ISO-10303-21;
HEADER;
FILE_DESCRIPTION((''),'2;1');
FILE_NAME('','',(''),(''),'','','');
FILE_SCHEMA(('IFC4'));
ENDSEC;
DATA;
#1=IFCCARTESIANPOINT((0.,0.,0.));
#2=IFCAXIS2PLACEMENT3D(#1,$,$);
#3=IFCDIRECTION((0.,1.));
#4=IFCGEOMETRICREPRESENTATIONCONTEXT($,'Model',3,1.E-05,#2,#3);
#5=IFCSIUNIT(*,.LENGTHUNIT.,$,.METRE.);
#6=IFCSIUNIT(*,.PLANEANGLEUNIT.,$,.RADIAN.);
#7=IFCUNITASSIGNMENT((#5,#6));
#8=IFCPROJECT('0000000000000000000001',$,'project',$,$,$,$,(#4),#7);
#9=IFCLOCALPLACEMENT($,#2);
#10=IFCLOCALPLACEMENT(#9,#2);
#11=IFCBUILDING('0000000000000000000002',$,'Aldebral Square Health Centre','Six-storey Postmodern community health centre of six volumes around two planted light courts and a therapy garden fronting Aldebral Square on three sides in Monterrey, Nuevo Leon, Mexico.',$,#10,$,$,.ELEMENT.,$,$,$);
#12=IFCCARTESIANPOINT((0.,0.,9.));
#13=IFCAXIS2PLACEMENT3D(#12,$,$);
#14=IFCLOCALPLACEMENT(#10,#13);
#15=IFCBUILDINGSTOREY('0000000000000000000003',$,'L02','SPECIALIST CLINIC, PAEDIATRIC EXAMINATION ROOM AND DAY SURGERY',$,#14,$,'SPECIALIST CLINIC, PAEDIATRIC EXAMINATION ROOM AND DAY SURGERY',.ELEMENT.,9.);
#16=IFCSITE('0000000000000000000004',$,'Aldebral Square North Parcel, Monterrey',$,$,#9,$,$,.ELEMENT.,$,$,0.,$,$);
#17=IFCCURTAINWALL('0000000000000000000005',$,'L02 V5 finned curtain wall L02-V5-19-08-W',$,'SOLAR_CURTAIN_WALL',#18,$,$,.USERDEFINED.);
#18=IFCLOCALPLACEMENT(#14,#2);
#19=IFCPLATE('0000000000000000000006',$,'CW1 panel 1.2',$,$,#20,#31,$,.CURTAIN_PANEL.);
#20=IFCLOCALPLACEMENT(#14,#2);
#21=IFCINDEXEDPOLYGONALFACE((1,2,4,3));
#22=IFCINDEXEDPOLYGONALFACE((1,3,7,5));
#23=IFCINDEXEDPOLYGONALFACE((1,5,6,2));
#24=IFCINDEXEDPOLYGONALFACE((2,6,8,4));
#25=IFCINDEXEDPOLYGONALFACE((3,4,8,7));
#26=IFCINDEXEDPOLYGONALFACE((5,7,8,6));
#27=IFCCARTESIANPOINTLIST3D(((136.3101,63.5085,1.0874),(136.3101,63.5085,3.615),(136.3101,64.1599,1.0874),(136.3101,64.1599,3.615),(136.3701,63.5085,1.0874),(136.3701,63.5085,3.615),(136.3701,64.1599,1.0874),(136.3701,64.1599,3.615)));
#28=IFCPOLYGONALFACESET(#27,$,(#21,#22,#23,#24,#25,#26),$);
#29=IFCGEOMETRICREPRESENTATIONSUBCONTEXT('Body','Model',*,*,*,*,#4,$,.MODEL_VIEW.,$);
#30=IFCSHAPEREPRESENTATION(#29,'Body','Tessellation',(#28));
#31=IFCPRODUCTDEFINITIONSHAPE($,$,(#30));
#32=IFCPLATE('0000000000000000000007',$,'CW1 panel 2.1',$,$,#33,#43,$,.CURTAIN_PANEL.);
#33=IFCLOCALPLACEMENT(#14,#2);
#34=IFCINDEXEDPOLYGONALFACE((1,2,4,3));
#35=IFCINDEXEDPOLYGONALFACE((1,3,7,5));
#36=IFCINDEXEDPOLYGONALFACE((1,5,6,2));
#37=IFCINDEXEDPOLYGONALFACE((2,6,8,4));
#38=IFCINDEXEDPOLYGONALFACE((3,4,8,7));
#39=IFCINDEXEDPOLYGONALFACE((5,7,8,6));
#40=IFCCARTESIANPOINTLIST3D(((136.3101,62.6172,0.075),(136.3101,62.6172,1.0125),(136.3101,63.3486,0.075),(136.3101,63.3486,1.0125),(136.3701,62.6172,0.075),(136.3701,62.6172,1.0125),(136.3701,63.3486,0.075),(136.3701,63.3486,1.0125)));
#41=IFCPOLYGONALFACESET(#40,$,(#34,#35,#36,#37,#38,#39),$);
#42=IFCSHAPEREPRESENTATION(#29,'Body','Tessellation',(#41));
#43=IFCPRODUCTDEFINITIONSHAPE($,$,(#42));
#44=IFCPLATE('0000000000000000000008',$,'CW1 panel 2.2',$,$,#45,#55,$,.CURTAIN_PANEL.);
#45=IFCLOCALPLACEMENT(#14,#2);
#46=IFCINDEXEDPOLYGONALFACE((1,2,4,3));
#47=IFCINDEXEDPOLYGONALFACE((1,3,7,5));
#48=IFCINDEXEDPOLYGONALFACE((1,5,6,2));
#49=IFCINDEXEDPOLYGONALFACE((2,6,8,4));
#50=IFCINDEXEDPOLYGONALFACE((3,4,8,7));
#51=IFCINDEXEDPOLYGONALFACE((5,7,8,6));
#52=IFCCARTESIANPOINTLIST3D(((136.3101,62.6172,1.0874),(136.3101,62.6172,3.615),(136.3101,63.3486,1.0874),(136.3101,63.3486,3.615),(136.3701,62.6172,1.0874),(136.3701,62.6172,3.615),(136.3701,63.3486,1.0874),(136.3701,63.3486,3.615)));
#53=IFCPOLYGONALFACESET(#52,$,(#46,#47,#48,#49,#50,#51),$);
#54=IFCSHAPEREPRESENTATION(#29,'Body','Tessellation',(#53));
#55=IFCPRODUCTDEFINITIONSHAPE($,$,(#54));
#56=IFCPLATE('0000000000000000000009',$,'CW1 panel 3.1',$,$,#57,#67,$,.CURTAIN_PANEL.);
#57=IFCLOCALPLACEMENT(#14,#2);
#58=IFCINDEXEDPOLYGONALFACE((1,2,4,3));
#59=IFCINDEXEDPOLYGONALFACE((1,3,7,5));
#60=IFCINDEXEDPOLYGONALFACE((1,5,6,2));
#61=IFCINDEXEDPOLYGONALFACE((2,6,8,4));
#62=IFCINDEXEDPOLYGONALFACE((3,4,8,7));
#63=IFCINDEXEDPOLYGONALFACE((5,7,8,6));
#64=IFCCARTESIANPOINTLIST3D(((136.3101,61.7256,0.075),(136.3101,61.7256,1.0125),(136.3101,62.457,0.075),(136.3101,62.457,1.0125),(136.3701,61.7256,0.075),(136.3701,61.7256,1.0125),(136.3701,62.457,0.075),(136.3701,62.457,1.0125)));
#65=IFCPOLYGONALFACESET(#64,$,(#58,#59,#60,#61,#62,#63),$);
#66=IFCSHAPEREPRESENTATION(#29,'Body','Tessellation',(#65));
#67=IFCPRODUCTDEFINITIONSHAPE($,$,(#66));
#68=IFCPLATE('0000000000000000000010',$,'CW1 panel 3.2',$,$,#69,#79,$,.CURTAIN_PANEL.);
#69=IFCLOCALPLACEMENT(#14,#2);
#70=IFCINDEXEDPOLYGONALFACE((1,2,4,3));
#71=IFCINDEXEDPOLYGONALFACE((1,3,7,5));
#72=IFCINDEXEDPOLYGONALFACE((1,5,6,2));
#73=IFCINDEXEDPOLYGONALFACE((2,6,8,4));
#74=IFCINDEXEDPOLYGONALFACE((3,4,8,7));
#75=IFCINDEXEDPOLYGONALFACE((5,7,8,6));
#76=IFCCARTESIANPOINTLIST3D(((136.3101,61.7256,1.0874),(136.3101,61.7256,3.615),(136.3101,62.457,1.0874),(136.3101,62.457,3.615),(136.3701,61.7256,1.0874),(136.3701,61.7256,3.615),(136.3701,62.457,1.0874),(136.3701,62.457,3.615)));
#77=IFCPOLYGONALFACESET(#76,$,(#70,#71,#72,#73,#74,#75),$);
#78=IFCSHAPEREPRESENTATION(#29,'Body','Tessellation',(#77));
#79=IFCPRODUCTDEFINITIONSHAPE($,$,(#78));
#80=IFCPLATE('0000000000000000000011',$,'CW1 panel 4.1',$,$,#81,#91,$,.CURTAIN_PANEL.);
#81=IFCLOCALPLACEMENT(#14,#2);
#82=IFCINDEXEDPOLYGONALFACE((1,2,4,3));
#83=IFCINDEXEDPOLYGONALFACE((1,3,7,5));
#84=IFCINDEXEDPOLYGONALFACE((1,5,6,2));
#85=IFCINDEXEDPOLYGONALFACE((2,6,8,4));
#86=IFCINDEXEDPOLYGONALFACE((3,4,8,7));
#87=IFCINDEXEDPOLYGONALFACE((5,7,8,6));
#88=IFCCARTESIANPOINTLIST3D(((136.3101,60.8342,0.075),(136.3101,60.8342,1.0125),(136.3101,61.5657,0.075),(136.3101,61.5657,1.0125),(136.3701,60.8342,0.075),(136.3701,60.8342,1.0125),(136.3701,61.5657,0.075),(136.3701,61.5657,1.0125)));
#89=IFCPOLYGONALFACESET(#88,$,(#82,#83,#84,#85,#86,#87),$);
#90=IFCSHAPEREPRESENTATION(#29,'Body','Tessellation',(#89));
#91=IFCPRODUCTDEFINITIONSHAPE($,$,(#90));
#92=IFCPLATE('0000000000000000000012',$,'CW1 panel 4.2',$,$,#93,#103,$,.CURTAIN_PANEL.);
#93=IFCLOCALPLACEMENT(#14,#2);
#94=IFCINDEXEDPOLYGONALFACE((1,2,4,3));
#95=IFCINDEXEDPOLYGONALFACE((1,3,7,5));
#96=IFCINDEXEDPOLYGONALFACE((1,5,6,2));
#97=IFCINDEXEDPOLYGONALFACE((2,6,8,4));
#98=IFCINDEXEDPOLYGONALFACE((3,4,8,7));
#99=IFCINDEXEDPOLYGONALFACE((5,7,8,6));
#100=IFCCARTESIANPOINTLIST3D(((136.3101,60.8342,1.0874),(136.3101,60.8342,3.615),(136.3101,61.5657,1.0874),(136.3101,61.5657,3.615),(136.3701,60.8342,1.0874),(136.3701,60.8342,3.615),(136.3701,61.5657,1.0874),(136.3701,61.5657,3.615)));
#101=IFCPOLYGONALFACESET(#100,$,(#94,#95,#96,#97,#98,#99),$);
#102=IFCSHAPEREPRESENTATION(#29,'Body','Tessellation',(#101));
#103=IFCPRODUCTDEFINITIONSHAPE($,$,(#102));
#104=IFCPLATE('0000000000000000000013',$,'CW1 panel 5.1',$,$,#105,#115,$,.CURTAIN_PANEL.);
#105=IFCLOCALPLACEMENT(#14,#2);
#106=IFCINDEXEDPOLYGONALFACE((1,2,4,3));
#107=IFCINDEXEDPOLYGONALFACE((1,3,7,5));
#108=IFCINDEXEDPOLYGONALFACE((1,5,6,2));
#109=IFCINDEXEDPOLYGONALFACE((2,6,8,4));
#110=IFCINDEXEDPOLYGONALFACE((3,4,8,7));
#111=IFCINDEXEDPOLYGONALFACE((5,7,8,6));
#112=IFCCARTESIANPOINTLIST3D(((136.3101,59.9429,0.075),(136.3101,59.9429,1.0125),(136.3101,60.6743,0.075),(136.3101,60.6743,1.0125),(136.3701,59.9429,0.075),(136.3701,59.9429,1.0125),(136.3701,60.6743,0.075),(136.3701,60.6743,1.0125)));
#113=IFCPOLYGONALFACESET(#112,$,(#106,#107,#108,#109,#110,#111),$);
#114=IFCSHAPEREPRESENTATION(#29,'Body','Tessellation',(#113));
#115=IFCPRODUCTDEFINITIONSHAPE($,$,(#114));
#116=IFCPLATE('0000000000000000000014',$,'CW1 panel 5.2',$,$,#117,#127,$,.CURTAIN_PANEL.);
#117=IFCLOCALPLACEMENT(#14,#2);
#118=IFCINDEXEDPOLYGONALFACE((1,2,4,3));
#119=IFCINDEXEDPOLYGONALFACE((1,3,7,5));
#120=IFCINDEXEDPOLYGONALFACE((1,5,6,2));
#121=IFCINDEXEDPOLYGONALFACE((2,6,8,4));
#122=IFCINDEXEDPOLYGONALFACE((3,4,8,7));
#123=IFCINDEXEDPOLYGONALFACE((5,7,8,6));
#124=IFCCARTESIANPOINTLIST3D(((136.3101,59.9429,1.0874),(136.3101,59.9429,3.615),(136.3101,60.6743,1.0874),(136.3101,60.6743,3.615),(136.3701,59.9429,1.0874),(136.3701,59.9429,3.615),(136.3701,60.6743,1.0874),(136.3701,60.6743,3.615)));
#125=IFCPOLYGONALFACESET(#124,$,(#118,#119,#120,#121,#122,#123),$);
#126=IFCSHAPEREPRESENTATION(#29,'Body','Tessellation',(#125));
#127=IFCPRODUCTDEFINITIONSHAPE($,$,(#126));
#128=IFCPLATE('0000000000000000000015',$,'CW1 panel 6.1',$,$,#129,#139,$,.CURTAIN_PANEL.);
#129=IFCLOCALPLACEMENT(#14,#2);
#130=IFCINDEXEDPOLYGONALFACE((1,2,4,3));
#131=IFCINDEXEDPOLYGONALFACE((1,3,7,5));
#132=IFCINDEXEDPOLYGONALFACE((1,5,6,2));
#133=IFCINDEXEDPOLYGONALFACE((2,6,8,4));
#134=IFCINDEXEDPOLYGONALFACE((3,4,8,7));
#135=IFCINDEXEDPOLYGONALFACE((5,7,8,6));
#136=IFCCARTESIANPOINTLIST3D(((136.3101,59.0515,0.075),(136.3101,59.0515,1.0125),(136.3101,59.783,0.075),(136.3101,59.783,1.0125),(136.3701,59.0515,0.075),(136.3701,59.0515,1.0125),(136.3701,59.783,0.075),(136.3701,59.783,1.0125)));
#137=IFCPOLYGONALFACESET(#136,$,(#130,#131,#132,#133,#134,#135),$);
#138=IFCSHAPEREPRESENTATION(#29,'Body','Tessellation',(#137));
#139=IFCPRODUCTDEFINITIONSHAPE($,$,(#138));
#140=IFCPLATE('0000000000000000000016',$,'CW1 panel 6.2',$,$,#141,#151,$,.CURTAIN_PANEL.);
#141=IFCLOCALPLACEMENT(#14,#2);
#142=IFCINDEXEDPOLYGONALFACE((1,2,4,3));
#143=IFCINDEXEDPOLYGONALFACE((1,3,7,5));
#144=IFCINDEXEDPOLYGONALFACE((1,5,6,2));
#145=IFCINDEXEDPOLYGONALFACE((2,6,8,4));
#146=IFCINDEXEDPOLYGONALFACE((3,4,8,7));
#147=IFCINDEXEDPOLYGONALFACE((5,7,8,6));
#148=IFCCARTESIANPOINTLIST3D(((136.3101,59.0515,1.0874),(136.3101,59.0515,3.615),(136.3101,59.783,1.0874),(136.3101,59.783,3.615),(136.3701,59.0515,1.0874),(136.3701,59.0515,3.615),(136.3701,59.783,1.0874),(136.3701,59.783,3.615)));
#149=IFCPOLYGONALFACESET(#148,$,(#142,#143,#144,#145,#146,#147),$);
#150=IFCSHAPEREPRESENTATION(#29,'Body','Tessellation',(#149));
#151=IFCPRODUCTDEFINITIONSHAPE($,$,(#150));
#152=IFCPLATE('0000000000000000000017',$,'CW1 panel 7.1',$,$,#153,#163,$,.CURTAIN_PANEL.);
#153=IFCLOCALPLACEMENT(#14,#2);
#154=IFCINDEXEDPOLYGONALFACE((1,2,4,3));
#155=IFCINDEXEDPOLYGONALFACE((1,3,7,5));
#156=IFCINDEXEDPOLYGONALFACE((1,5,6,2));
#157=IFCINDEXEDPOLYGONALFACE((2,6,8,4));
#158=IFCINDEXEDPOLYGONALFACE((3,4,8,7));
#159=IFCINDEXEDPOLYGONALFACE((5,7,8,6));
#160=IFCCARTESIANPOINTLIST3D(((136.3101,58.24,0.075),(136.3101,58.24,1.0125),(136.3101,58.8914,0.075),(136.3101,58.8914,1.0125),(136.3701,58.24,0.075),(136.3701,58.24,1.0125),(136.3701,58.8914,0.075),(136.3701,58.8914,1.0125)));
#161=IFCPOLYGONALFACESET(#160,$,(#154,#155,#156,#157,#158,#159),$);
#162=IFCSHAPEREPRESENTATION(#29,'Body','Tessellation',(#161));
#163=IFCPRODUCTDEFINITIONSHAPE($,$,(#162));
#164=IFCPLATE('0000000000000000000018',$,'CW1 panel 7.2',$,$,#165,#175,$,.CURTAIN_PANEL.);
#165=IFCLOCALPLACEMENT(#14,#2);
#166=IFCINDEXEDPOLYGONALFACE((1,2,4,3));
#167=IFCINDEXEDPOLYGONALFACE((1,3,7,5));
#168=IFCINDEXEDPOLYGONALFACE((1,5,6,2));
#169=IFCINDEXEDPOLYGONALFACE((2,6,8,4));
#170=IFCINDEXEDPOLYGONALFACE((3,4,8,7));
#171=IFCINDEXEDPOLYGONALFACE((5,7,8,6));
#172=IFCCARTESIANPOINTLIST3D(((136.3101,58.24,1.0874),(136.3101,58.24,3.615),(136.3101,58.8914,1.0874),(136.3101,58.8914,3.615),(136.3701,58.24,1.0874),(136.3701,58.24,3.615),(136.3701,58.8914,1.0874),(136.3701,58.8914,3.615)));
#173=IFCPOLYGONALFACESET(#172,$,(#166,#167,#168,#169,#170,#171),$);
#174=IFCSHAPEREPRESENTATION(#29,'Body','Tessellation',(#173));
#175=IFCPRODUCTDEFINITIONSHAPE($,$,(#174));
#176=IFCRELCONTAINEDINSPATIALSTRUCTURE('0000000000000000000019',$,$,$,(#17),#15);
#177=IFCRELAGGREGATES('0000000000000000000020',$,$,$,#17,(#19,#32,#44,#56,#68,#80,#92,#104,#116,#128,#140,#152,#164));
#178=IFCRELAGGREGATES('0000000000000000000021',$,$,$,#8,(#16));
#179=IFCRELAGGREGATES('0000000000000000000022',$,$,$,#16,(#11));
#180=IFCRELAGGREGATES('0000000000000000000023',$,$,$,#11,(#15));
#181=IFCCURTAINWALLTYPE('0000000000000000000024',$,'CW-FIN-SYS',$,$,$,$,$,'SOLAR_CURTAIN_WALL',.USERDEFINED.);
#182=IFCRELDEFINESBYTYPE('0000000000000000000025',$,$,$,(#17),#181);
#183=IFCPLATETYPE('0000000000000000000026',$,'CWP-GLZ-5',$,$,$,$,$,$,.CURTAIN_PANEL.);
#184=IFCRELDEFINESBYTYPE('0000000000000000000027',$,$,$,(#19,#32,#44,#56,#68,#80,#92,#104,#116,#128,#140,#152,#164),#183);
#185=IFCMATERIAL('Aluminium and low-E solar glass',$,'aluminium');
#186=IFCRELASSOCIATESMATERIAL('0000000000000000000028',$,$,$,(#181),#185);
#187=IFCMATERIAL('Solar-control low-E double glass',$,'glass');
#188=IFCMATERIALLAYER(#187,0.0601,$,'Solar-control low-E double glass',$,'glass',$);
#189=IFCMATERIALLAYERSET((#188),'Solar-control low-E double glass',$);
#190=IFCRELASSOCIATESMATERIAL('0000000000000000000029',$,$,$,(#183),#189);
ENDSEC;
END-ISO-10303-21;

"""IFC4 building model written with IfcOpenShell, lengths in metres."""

from ifc_helpers import new_model, si_unit, direction, frame, origin, origin_2d, place, context, subcontext, project, spatial, rectangle, extrude, material, layer, layer_set, type_object, element, aggregate, save


model = new_model("IFC4")

# Units and contexts
model_context = context("Model", 3, precision=1e-05, world=origin(), true_north=direction((0.0, 1.0)))
body_context = subcontext(model_context, "Body", "Model", "MODEL_VIEW")
ifc_project = project(units=[si_unit("LENGTHUNIT", "METRE"), si_unit("PLANEANGLEUNIT", "RADIAN")], contexts=[model_context])

# Site, building, storey
site_placement = place(None, origin())
site = spatial("IfcSite", under=ifc_project, at=site_placement, Name="Aldebral Square North Parcel, Monterrey", CompositionType="ELEMENT", RefElevation=0.0)
building_placement = place(site_placement, origin())
building = spatial("IfcBuilding", under=site, at=building_placement, Name="Aldebral Square Health Centre", Description="Six-storey Postmodern community health centre of six volumes around two planted light courts and a therapy garden fronting Aldebral Square on three sides in Monterrey, Nuevo Leon, Mexico.", CompositionType="ELEMENT")
storey_placement = place(building_placement, frame((0.0, 0.0, 9.0)))
storey = spatial("IfcBuildingStorey", under=building, at=storey_placement, Name="L02", Description="SPECIALIST CLINIC, PAEDIATRIC EXAMINATION ROOM AND DAY SURGERY", LongName="SPECIALIST CLINIC, PAEDIATRIC EXAMINATION ROOM AND DAY SURGERY", CompositionType="ELEMENT", Elevation=9.0)

# Curtain wall, plates
ifc_material_1 = material(Name="Aluminium and low-E solar glass", Category="aluminium")
curtain_wall_type = type_object("IfcCurtainWallType", Name="CW-FIN-SYS", ElementType="SOLAR_CURTAIN_WALL", PredefinedType="USERDEFINED", material=ifc_material_1)
curtain_wall_placement = place(storey_placement, origin())
curtain_wall = element("IfcCurtainWall", 1, at=curtain_wall_placement, inside=storey, type_object=curtain_wall_type, Name="L02 V5 finned curtain wall L02-V5-19-08-W", ObjectType="SOLAR_CURTAIN_WALL", PredefinedType="USERDEFINED")
ifc_material_2 = material(Name="Solar-control low-E double glass", Category="glass")
ifc_layer = layer(ifc_material_2, 0.0601, Name="Solar-control low-E double glass", Category="glass")
ifc_layer_set = layer_set([ifc_layer], Name="Solar-control low-E double glass")
plate_type = type_object("IfcPlateType", Name="CWP-GLZ-5", PredefinedType="CURTAIN_PANEL", material=ifc_layer_set)
plate_1_placement = place(storey_placement, frame((136.3401, 63.8342, 1.0874), z_axis=(0.0, 0.0, 1.0), x_axis=(0.0, -1.0, 0.0)))
plate_1 = element("IfcPlate", 2, at=plate_1_placement, type_object=plate_type, Name="CW1 panel 1.2", PredefinedType="CURTAIN_PANEL", context=body_context, shape_type="SweptSolid", body=[
    extrude(rectangle(XDim=0.6514, YDim=0.0601, at=origin_2d()), origin(), (0.0, 0.0, 1.0), 2.5276),
])
plate_2_placement = place(storey_placement, frame((136.3401, 62.9829, 0.075), z_axis=(0.0, 0.0, 1.0), x_axis=(0.0, -1.0, 0.0)))
plate_2 = element("IfcPlate", 3, at=plate_2_placement, type_object=plate_type, Name="CW1 panel 2.1", PredefinedType="CURTAIN_PANEL", context=body_context, shape_type="SweptSolid", body=[
    extrude(rectangle(XDim=0.7314, YDim=0.0601, at=origin_2d()), origin(), (0.0, 0.0, 1.0), 0.9375),
])
plate_3_placement = place(storey_placement, frame((136.3401, 62.9829, 1.0874), z_axis=(0.0, 0.0, 1.0), x_axis=(0.0, -1.0, 0.0)))
plate_3 = element("IfcPlate", 4, at=plate_3_placement, type_object=plate_type, Name="CW1 panel 2.2", PredefinedType="CURTAIN_PANEL", context=body_context, shape_type="SweptSolid", body=[
    extrude(rectangle(XDim=0.7314, YDim=0.0601, at=origin_2d()), origin(), (0.0, 0.0, 1.0), 2.5276),
])
plate_4_placement = place(storey_placement, frame((136.3401, 62.0913, 0.075), z_axis=(0.0, 0.0, 1.0), x_axis=(0.0, -1.0, 0.0)))
plate_4 = element("IfcPlate", 5, at=plate_4_placement, type_object=plate_type, Name="CW1 panel 3.1", PredefinedType="CURTAIN_PANEL", context=body_context, shape_type="SweptSolid", body=[
    extrude(rectangle(XDim=0.7314, YDim=0.0601, at=origin_2d()), origin(), (0.0, 0.0, 1.0), 0.9375),
])
plate_5_placement = place(storey_placement, frame((136.3401, 62.0913, 1.0874), z_axis=(0.0, 0.0, 1.0), x_axis=(0.0, -1.0, 0.0)))
plate_5 = element("IfcPlate", 6, at=plate_5_placement, type_object=plate_type, Name="CW1 panel 3.2", PredefinedType="CURTAIN_PANEL", context=body_context, shape_type="SweptSolid", body=[
    extrude(rectangle(XDim=0.7314, YDim=0.0601, at=origin_2d()), origin(), (0.0, 0.0, 1.0), 2.5276),
])
plate_6_placement = place(storey_placement, frame((136.3401, 61.2, 0.075), z_axis=(0.0, 0.0, 1.0), x_axis=(0.0, -1.0, 0.0)))
plate_6 = element("IfcPlate", 7, at=plate_6_placement, type_object=plate_type, Name="CW1 panel 4.1", PredefinedType="CURTAIN_PANEL", context=body_context, shape_type="SweptSolid", body=[
    extrude(rectangle(XDim=0.7314, YDim=0.0601, at=origin_2d()), origin(), (0.0, 0.0, 1.0), 0.9375),
])
plate_7_placement = place(storey_placement, frame((136.3401, 61.2, 1.0874), z_axis=(0.0, 0.0, 1.0), x_axis=(0.0, -1.0, 0.0)))
plate_7 = element("IfcPlate", 8, at=plate_7_placement, type_object=plate_type, Name="CW1 panel 4.2", PredefinedType="CURTAIN_PANEL", context=body_context, shape_type="SweptSolid", body=[
    extrude(rectangle(XDim=0.7314, YDim=0.0601, at=origin_2d()), origin(), (0.0, 0.0, 1.0), 2.5276),
])
plate_8_placement = place(storey_placement, frame((136.3401, 60.3086, 0.075), z_axis=(0.0, 0.0, 1.0), x_axis=(0.0, -1.0, 0.0)))
plate_8 = element("IfcPlate", 9, at=plate_8_placement, type_object=plate_type, Name="CW1 panel 5.1", PredefinedType="CURTAIN_PANEL", context=body_context, shape_type="SweptSolid", body=[
    extrude(rectangle(XDim=0.7314, YDim=0.0601, at=origin_2d()), origin(), (0.0, 0.0, 1.0), 0.9375),
])
plate_9_placement = place(storey_placement, frame((136.3401, 60.3086, 1.0874), z_axis=(0.0, 0.0, 1.0), x_axis=(0.0, -1.0, 0.0)))
plate_9 = element("IfcPlate", 10, at=plate_9_placement, type_object=plate_type, Name="CW1 panel 5.2", PredefinedType="CURTAIN_PANEL", context=body_context, shape_type="SweptSolid", body=[
    extrude(rectangle(XDim=0.7314, YDim=0.0601, at=origin_2d()), origin(), (0.0, 0.0, 1.0), 2.5276),
])
plate_10_placement = place(storey_placement, frame((136.3401, 59.4172, 0.075), z_axis=(0.0, 0.0, 1.0), x_axis=(0.0, -1.0, 0.0)))
plate_10 = element("IfcPlate", 11, at=plate_10_placement, type_object=plate_type, Name="CW1 panel 6.1", PredefinedType="CURTAIN_PANEL", context=body_context, shape_type="SweptSolid", body=[
    extrude(rectangle(XDim=0.7314, YDim=0.0601, at=origin_2d()), origin(), (0.0, 0.0, 1.0), 0.9375),
])
plate_11_placement = place(storey_placement, frame((136.3401, 59.4172, 1.0874), z_axis=(0.0, 0.0, 1.0), x_axis=(0.0, -1.0, 0.0)))
plate_11 = element("IfcPlate", 12, at=plate_11_placement, type_object=plate_type, Name="CW1 panel 6.2", PredefinedType="CURTAIN_PANEL", context=body_context, shape_type="SweptSolid", body=[
    extrude(rectangle(XDim=0.7314, YDim=0.0601, at=origin_2d()), origin(), (0.0, 0.0, 1.0), 2.5276),
])
plate_12_placement = place(storey_placement, frame((136.3401, 58.5657, 0.075), z_axis=(0.0, 0.0, 1.0), x_axis=(0.0, -1.0, 0.0)))
plate_12 = element("IfcPlate", 13, at=plate_12_placement, type_object=plate_type, Name="CW1 panel 7.1", PredefinedType="CURTAIN_PANEL", context=body_context, shape_type="SweptSolid", body=[
    extrude(rectangle(XDim=0.6514, YDim=0.0601, at=origin_2d()), origin(), (0.0, 0.0, 1.0), 0.9375),
])
plate_13_placement = place(storey_placement, frame((136.3401, 58.5657, 1.0874), z_axis=(0.0, 0.0, 1.0), x_axis=(0.0, -1.0, 0.0)))
plate_13 = element("IfcPlate", 14, at=plate_13_placement, type_object=plate_type, Name="CW1 panel 7.2", PredefinedType="CURTAIN_PANEL", context=body_context, shape_type="SweptSolid", body=[
    extrude(rectangle(XDim=0.6514, YDim=0.0601, at=origin_2d()), origin(), (0.0, 0.0, 1.0), 2.5276),
])
aggregate(curtain_wall, [plate_1, plate_2, plate_3, plate_4, plate_5, plate_6, plate_7, plate_8, plate_9, plate_10, plate_11, plate_12, plate_13])

save(model, "model.ifc")
